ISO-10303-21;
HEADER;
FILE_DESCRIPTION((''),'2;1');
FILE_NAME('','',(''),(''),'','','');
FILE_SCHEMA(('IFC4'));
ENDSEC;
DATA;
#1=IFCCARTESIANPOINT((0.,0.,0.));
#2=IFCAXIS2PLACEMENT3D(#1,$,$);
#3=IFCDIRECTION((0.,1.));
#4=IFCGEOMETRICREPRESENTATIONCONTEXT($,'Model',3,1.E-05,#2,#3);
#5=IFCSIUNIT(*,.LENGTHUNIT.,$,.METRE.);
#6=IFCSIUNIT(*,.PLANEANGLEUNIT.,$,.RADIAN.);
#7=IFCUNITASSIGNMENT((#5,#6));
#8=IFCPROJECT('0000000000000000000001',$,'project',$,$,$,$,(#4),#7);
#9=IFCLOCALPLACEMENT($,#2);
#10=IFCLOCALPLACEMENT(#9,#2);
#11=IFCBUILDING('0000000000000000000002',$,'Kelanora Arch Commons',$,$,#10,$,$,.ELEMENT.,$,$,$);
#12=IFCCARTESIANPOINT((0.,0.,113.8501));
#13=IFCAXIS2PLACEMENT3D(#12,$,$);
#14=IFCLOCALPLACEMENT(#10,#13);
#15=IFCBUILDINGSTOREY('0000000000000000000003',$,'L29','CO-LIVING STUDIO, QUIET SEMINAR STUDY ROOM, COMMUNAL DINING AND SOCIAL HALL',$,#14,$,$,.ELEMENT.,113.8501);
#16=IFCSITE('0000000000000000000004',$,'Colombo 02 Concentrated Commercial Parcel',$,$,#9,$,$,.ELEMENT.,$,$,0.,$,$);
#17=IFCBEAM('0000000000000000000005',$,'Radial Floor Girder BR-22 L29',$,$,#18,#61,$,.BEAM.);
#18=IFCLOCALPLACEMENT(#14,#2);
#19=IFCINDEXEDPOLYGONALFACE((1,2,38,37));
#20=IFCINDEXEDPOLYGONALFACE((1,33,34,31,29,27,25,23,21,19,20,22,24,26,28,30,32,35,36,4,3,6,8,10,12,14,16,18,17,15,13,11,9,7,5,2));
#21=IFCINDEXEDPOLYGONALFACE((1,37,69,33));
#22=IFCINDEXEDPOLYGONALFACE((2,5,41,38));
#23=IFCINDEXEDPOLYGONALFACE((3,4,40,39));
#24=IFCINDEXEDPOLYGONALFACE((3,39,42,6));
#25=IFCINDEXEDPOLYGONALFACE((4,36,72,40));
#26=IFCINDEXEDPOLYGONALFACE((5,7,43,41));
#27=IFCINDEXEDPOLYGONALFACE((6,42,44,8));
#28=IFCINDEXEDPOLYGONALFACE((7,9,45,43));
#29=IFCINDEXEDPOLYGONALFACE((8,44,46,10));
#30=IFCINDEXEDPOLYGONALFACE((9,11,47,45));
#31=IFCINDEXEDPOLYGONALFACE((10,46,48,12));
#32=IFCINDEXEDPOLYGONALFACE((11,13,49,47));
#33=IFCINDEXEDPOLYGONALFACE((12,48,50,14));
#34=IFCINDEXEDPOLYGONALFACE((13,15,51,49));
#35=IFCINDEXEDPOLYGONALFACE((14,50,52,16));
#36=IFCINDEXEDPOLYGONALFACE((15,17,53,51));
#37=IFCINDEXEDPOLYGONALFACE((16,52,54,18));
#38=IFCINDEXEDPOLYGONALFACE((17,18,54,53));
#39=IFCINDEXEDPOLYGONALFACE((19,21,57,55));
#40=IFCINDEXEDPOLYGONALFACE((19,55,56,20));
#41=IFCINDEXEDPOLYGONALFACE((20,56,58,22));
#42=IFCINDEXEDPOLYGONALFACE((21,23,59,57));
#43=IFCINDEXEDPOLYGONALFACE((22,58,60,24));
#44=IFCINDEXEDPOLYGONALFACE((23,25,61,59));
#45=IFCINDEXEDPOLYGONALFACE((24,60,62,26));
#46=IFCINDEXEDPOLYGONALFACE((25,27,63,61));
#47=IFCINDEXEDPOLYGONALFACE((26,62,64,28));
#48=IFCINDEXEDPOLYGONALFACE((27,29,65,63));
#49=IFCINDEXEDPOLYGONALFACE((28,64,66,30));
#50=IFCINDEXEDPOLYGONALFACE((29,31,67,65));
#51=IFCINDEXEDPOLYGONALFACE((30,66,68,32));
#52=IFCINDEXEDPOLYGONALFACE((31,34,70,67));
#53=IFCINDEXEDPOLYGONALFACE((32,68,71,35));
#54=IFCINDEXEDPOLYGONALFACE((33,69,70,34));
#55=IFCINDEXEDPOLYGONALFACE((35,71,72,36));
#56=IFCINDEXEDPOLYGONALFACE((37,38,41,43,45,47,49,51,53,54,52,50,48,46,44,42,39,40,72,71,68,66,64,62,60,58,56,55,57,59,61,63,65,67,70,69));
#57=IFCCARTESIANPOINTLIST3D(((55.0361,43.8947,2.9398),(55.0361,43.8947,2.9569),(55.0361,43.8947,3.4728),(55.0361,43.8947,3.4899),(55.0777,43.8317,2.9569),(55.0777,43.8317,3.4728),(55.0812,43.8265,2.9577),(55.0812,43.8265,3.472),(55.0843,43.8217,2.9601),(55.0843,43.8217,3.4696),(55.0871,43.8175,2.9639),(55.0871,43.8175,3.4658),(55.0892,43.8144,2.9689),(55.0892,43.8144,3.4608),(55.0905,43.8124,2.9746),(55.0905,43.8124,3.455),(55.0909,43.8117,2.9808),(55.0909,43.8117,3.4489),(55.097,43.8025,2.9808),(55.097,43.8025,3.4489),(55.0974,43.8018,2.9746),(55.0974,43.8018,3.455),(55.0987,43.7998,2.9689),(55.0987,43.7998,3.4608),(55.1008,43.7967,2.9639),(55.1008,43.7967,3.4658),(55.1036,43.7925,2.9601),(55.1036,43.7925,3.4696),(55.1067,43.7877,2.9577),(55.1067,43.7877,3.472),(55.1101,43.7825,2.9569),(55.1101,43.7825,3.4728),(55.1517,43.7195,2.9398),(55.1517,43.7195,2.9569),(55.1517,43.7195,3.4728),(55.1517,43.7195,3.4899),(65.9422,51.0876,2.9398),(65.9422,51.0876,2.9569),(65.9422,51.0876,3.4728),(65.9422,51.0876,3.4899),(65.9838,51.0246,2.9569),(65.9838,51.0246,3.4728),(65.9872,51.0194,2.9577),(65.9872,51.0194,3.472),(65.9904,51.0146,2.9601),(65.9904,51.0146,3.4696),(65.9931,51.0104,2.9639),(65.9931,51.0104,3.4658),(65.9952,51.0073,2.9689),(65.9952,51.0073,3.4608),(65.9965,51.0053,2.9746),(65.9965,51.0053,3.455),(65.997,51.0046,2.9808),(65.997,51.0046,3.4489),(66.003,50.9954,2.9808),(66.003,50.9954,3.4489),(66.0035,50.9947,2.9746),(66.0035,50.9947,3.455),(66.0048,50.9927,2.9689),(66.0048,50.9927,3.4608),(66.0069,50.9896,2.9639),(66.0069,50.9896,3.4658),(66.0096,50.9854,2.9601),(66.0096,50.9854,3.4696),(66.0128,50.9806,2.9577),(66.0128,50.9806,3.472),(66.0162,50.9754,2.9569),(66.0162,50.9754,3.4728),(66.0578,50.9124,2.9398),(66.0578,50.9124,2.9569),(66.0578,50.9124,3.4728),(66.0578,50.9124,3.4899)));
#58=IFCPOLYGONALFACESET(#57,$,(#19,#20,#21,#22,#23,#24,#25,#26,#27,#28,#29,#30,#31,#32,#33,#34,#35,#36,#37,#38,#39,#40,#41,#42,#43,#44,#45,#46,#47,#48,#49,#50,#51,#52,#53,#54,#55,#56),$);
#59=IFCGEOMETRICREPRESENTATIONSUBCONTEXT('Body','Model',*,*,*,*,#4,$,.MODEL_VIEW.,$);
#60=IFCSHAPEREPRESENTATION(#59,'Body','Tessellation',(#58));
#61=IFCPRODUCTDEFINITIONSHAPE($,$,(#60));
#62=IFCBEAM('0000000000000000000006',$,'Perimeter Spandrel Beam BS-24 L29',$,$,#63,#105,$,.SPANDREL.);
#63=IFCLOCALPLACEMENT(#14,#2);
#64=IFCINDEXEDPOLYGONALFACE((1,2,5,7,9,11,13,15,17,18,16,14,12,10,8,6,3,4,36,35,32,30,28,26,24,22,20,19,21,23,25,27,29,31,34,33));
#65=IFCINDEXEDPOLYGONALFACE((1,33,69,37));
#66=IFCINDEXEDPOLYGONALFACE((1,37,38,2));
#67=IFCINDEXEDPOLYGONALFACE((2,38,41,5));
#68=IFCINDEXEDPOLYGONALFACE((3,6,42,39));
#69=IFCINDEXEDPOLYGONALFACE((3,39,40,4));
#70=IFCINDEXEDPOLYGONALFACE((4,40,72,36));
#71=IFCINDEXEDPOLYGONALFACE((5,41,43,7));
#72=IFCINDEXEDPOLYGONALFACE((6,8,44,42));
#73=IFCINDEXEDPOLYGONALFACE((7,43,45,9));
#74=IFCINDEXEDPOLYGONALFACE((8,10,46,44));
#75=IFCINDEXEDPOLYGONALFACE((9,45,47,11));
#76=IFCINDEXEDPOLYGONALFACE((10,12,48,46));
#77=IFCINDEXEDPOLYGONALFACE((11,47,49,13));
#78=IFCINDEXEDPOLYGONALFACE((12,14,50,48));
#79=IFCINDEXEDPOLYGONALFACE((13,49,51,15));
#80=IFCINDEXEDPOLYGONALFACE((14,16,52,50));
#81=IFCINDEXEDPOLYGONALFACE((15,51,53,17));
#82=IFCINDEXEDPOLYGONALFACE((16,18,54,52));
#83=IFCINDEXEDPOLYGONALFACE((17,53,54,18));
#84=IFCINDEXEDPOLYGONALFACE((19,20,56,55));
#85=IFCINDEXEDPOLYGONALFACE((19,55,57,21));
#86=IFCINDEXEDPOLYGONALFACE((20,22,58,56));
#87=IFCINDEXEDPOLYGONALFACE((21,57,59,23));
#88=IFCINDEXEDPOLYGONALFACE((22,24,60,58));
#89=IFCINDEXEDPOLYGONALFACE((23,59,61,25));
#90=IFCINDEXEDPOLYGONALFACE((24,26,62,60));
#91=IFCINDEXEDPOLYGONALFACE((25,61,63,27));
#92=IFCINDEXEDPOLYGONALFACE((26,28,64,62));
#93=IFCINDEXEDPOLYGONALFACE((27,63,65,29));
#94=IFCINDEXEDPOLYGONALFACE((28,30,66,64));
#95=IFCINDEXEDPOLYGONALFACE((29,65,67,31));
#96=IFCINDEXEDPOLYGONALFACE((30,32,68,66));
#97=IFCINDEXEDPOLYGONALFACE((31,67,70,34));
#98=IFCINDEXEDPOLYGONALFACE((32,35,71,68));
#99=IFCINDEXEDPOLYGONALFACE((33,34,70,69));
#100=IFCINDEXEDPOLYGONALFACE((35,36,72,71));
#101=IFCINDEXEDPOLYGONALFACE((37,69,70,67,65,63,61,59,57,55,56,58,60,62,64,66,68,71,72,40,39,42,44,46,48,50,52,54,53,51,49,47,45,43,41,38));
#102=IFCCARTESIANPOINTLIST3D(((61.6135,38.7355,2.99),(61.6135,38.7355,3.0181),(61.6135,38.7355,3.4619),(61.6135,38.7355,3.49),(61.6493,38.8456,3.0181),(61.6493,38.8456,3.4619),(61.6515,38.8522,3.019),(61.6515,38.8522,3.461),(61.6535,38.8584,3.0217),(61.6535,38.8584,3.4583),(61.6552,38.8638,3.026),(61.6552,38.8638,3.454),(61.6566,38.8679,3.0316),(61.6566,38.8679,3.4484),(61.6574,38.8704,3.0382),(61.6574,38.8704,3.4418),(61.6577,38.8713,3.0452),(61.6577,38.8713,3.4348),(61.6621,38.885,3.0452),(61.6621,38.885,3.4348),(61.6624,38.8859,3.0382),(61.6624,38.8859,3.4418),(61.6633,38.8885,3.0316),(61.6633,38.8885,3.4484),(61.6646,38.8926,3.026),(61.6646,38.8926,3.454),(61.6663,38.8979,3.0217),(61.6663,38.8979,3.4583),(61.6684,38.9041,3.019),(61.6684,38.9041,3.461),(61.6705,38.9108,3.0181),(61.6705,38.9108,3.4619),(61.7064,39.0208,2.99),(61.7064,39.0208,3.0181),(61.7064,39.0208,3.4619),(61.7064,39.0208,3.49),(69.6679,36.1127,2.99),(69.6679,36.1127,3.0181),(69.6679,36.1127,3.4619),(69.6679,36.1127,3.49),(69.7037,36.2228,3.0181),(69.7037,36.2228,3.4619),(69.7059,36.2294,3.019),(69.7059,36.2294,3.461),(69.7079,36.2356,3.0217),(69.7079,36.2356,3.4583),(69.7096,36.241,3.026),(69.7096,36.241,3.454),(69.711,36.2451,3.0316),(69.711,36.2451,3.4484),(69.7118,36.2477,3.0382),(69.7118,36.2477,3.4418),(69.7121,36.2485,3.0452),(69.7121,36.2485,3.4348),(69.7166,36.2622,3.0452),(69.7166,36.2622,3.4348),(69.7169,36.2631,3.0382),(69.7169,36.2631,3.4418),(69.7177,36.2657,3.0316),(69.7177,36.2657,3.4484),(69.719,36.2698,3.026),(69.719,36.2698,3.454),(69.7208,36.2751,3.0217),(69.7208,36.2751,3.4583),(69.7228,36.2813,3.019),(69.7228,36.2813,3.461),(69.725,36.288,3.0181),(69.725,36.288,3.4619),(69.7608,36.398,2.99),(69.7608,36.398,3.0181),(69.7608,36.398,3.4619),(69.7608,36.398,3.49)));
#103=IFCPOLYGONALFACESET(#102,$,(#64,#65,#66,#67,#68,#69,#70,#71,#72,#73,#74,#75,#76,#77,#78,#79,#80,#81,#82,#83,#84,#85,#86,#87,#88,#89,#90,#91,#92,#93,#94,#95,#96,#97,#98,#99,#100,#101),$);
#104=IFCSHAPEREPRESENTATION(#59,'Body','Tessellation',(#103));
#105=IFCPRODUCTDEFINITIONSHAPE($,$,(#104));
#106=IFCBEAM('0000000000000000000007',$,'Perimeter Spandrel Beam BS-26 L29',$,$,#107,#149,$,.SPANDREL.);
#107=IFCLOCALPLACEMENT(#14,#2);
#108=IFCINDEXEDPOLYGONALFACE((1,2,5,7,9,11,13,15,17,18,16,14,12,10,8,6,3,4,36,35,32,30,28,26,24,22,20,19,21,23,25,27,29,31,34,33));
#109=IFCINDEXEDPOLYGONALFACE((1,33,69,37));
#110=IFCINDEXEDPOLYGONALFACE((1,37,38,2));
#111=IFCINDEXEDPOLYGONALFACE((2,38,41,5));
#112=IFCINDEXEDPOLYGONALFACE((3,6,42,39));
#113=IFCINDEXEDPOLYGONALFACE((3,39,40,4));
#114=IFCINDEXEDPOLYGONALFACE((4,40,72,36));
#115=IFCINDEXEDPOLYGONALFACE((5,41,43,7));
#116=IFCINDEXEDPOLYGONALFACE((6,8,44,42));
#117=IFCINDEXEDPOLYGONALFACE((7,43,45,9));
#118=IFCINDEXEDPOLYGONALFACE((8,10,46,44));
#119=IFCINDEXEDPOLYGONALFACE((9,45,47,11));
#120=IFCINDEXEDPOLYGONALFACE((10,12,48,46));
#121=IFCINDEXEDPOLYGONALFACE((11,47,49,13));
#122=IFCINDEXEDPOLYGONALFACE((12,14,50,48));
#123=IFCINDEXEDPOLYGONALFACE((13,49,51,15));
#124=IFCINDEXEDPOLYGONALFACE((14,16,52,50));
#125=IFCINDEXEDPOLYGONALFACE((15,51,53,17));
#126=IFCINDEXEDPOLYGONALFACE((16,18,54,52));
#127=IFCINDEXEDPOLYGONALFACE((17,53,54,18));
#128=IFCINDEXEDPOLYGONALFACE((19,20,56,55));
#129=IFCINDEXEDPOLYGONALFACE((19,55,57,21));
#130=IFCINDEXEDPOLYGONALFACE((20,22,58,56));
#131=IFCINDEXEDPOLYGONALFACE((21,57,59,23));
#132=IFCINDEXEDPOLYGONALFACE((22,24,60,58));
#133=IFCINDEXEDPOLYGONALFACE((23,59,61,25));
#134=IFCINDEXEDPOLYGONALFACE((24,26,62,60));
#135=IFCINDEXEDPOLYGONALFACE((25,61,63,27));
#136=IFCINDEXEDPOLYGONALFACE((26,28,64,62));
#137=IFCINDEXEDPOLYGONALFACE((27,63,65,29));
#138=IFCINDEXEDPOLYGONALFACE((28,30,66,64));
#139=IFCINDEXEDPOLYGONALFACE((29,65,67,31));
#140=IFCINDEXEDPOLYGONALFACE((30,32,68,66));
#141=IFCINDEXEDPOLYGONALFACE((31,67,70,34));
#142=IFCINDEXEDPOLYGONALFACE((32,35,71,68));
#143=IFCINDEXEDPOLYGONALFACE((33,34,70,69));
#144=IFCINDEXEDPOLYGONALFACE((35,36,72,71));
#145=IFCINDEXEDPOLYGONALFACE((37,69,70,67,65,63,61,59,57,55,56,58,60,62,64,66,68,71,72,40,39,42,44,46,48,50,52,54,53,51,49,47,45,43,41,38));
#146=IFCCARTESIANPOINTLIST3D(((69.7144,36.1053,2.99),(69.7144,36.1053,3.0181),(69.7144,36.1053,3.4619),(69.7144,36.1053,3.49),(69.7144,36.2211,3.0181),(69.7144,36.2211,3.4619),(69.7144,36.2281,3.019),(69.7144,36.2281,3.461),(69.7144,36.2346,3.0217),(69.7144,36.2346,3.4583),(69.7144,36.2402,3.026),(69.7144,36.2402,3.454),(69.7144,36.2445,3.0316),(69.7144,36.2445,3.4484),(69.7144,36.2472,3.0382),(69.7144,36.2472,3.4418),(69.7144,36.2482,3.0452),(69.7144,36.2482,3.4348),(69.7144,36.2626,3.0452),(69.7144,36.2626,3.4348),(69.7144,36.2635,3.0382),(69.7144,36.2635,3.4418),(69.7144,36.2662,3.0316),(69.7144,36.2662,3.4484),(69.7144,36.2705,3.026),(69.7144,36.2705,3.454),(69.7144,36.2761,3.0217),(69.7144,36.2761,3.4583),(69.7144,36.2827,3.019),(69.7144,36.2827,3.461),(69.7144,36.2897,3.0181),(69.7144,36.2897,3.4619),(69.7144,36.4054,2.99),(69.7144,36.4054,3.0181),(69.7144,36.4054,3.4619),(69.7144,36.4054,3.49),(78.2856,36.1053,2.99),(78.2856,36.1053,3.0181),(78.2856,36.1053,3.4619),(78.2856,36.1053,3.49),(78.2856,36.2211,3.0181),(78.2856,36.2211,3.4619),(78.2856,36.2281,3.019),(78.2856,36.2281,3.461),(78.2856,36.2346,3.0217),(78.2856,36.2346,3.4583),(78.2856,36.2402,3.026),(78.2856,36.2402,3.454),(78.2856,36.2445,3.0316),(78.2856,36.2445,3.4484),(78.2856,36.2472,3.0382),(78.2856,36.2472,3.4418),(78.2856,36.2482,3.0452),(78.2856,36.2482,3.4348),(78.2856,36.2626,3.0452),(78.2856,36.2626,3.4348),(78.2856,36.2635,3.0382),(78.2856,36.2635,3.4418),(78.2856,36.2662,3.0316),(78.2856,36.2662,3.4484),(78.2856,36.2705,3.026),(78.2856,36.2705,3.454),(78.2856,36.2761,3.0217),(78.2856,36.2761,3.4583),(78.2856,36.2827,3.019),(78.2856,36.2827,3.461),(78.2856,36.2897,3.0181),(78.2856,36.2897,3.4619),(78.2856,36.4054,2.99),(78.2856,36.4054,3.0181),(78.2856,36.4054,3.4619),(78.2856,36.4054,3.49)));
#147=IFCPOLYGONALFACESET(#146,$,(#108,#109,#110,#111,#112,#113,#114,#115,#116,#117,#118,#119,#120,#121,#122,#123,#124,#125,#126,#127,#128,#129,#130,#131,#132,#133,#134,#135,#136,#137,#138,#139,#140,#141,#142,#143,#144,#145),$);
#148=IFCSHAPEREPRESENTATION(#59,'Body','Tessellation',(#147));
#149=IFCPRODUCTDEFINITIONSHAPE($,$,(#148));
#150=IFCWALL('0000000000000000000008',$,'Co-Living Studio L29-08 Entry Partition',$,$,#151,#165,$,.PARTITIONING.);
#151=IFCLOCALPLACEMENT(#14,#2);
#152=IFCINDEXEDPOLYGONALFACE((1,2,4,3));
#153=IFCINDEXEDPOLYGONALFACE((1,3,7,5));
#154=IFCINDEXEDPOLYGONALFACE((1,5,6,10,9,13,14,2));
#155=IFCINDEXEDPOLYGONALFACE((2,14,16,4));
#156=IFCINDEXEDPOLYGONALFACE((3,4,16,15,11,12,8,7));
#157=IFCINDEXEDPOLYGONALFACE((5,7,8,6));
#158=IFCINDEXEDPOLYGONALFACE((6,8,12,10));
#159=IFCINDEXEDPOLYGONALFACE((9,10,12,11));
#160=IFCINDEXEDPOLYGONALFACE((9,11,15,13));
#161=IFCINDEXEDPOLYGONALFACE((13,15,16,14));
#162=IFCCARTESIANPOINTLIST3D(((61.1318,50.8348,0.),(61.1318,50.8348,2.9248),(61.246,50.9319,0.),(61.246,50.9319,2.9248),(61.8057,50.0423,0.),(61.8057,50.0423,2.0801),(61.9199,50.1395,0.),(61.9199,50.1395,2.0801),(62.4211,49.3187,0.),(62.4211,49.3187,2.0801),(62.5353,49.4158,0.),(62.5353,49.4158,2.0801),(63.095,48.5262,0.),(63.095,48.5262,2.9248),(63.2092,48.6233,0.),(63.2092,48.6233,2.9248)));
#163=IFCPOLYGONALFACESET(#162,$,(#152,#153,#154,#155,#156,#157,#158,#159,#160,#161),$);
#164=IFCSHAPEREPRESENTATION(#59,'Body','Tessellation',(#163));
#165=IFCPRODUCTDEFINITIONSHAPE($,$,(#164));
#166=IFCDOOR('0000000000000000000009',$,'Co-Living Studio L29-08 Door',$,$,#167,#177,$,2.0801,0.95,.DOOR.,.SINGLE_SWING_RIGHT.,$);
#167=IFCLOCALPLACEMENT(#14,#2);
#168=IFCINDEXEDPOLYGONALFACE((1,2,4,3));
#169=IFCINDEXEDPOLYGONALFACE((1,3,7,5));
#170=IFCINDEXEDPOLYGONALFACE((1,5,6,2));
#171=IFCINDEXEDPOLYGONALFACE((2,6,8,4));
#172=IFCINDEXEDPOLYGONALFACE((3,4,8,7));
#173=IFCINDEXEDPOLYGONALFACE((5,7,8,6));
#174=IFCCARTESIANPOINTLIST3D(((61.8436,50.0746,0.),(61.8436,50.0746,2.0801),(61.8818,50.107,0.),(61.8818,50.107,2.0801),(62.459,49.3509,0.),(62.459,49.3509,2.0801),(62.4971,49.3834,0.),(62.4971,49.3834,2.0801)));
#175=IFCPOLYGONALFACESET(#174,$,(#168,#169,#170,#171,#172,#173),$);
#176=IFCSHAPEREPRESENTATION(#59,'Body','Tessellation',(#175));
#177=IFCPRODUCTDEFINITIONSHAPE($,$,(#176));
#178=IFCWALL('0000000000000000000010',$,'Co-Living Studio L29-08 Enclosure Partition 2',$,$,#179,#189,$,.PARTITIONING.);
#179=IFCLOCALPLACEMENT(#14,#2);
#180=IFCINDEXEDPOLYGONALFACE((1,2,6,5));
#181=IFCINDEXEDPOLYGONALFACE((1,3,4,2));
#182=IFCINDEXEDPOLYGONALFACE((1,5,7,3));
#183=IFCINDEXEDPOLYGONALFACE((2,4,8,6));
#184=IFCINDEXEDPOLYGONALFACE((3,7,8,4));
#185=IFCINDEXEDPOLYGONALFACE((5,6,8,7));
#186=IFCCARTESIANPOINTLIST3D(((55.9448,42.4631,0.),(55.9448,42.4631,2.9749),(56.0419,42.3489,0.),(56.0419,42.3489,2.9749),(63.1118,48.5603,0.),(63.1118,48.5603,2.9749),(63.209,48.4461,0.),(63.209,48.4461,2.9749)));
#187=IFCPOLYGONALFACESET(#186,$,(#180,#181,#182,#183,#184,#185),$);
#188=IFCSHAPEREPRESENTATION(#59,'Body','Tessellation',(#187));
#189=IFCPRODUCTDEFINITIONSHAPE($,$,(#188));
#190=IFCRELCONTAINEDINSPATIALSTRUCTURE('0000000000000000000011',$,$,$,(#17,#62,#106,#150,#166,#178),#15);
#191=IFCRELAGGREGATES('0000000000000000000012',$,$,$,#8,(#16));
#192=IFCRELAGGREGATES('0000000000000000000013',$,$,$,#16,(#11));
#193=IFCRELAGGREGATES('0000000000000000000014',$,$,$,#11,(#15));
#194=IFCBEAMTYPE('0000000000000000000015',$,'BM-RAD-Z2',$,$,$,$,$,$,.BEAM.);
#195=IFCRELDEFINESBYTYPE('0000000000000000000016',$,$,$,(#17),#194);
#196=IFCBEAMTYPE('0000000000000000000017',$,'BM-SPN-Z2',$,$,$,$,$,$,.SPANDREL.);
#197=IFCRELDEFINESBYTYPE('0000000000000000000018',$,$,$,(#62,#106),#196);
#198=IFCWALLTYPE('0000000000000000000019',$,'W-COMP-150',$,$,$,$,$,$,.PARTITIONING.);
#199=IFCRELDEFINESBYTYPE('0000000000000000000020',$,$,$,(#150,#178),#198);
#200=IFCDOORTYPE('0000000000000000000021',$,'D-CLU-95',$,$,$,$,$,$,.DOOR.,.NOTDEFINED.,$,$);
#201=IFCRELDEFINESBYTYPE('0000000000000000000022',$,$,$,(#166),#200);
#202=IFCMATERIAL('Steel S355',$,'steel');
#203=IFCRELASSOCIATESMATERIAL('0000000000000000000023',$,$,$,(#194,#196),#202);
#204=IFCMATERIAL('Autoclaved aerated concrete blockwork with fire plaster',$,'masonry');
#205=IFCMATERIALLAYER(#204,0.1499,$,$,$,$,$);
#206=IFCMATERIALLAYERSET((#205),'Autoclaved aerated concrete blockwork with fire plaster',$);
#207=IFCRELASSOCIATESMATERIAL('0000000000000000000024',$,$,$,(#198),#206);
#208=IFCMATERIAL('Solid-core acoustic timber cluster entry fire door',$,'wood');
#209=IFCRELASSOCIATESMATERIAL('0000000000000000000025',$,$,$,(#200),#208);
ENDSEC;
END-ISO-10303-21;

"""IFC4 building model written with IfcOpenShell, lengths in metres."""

from ifc_helpers import new_model, si_unit, direction, frame, frame_2d, origin, origin_2d, place, context, subcontext, project, spatial, rectangle, i_section, extrude, material, layer, layer_set, material_profile, profile_set, type_object, element, fill, save


model = new_model("IFC4")

# Units and contexts
model_context = context("Model", 3, precision=1e-05, world=origin(), true_north=direction((0.0, 1.0)))
body_context = subcontext(model_context, "Body", "Model", "MODEL_VIEW")
ifc_project = project(units=[si_unit("LENGTHUNIT", "METRE"), si_unit("PLANEANGLEUNIT", "RADIAN")], contexts=[model_context])

# Site, building, storey
site_placement = place(None, origin())
site = spatial("IfcSite", under=ifc_project, at=site_placement, Name="Colombo 02 Concentrated Commercial Parcel", CompositionType="ELEMENT", RefElevation=0.0)
building_placement = place(site_placement, origin())
building = spatial("IfcBuilding", under=site, at=building_placement, Name="Kelanora Arch Commons", CompositionType="ELEMENT")
storey_placement = place(building_placement, frame((0.0, 0.0, 113.8501)))
storey = spatial("IfcBuildingStorey", under=building, at=storey_placement, Name="L29", Description="CO-LIVING STUDIO, QUIET SEMINAR STUDY ROOM, COMMUNAL DINING AND SOCIAL HALL", CompositionType="ELEMENT", Elevation=113.8501)

# Beams
ifc_material_1 = material(Name="Steel S355", Category="steel")
ifc_material_profile_1 = material_profile(ifc_material_1, i_section(OverallWidth=0.21, OverallDepth=0.55, WebThickness=0.011, FlangeThickness=0.0171, FilletRadius=0.0239, at=origin_2d()), Name="IPE550")
ifc_profile_set_1 = profile_set([ifc_material_profile_1], Name="Steel S355")
beam_type_1 = type_object("IfcBeamType", Name="BM-RAD-Z2", PredefinedType="BEAM", material=ifc_profile_set_1)
beam_1_placement = place(storey_placement, frame((66.0, 51.0, 3.2148), z_axis=(-0.834789, -0.550571, 0.0), x_axis=(0.550571, -0.834789, 0.0)))
element("IfcBeam", 1, at=beam_1_placement, inside=storey, type_object=beam_type_1, Name="Radial Floor Girder BR-22 L29", PredefinedType="BEAM", context=body_context, shape_type="SweptSolid", body=[
    extrude(i_section(OverallWidth=0.21, OverallDepth=0.55, WebThickness=0.011, FlangeThickness=0.0171, FilletRadius=0.0239, at=origin_2d()), origin(), (0.0, 0.0, 1.0), 13.0645),
])
ifc_material_profile_2 = material_profile(ifc_material_1, i_section(OverallWidth=0.3, OverallDepth=0.5, WebThickness=0.0144, FlangeThickness=0.0281, FilletRadius=0.0271, at=origin_2d()), Name="HEB500")
ifc_profile_set_2 = profile_set([ifc_material_profile_2], Name="Steel S355")
beam_type_2 = type_object("IfcBeamType", Name="BM-SPN-Z2", PredefinedType="SPANDREL", material=ifc_profile_set_2)
beam_2_placement = place(storey_placement, frame((61.6599, 38.8782, 3.24), z_axis=(0.950857, -0.309631, 0.0), x_axis=(0.309631, 0.950857, 0.0)))
element("IfcBeam", 2, at=beam_2_placement, inside=storey, type_object=beam_type_2, Name="Perimeter Spandrel Beam BS-24 L29", PredefinedType="SPANDREL", context=body_context, shape_type="SweptSolid", body=[
    extrude(i_section(OverallWidth=0.3, OverallDepth=0.5, WebThickness=0.0144, FlangeThickness=0.0281, FilletRadius=0.0271, at=origin_2d()), origin(), (0.0, 0.0, 1.0), 8.4707),
])
beam_3_placement = place(storey_placement, frame((69.7144, 36.2554, 3.24), z_axis=(1.0, 0.0, 0.0), x_axis=(0.0, 1.0, 0.0)))
element("IfcBeam", 3, at=beam_3_placement, inside=storey, type_object=beam_type_2, Name="Perimeter Spandrel Beam BS-26 L29", PredefinedType="SPANDREL", context=body_context, shape_type="SweptSolid", body=[
    extrude(i_section(OverallWidth=0.3, OverallDepth=0.5, WebThickness=0.0144, FlangeThickness=0.0281, FilletRadius=0.0271, at=origin_2d()), origin(), (0.0, 0.0, 1.0), 8.5713),
])

# Wall, opening, door
ifc_material_2 = material(Name="Autoclaved aerated concrete blockwork with fire plaster", Category="masonry")
ifc_layer_1 = layer(ifc_material_2, 0.1499)
ifc_layer_set_1 = layer_set([ifc_layer_1], Name="Autoclaved aerated concrete blockwork with fire plaster")
wall_type_1 = type_object("IfcWallType", Name="W-COMP-150", PredefinedType="PARTITIONING", material=ifc_layer_set_1)
wall_1_placement = place(storey_placement, frame((61.189, 50.8833, 0.0), z_axis=(0.0, 0.0, 1.0), x_axis=(0.647807, -0.761804, 0.0)))
wall_1 = element("IfcWall", 4, at=wall_1_placement, inside=storey, type_object=wall_type_1, Name="Co-Living Studio L29-08 Entry Partition", PredefinedType="PARTITIONING", context=body_context, shape_type="SweptSolid", body=[
    extrude(rectangle(XDim=3.0305, YDim=0.1499, at=frame_2d((1.5151, 0.0))), origin(), (0.0, 0.0, 1.0), 2.9248),
])
opening_1_placement = place(wall_1_placement, frame((1.04, 0.0, 0.0)))
opening_1 = element("IfcOpeningElement", 5, at=opening_1_placement, cuts=wall_1, PredefinedType="OPENING", context=body_context, shape_type="SweptSolid", body=[
    extrude(rectangle(XDim=0.95, YDim=2.0801, at=frame_2d((0.4751, 1.04))), frame((0.0, 0.085, 0.0), z_axis=(0.0, -1.0, 0.0), x_axis=(1.0, 0.0, 0.0)), (0.0, 0.0, 1.0), 0.1699),
])
ifc_material_3 = material(Name="Solid-core acoustic timber cluster entry fire door", Category="wood")
door_type_1 = type_object("IfcDoorType", Name="D-CLU-95", OperationType="NOTDEFINED", PredefinedType="DOOR", material=ifc_material_3)
door_1_placement = place(opening_1_placement, origin())
door_1 = element("IfcDoor", 6, at=door_1_placement, inside=storey, type_object=door_type_1, Name="Co-Living Studio L29-08 Door", OperationType="SINGLE_SWING_RIGHT", OverallHeight=2.0801, OverallWidth=0.95, PredefinedType="DOOR", context=body_context, shape_type="SweptSolid", body=[
    extrude(rectangle(XDim=0.95, YDim=2.0801, at=frame_2d((0.4751, 1.04))), frame((0.0, 0.0249, 0.0), z_axis=(0.0, -1.0, 0.0), x_axis=(1.0, 0.0, 0.0)), (0.0, 0.0, 1.0), 0.05),
])
fill(opening_1, door_1)

# Wall
wall_2_placement = place(storey_placement, frame((63.1604, 48.5032, 0.0), z_axis=(0.0, 0.0, 1.0), x_axis=(-0.761665, -0.647971, 0.0)))
element("IfcWall", 7, at=wall_2_placement, inside=storey, type_object=wall_type_1, Name="Co-Living Studio L29-08 Enclosure Partition 2", PredefinedType="PARTITIONING", context=body_context, shape_type="SweptSolid", body=[
    extrude(rectangle(XDim=9.4097, YDim=0.1499, at=frame_2d((4.7048, 0.0))), origin(), (0.0, 0.0, 1.0), 2.9749),
])

save(model, "model.ifc")
